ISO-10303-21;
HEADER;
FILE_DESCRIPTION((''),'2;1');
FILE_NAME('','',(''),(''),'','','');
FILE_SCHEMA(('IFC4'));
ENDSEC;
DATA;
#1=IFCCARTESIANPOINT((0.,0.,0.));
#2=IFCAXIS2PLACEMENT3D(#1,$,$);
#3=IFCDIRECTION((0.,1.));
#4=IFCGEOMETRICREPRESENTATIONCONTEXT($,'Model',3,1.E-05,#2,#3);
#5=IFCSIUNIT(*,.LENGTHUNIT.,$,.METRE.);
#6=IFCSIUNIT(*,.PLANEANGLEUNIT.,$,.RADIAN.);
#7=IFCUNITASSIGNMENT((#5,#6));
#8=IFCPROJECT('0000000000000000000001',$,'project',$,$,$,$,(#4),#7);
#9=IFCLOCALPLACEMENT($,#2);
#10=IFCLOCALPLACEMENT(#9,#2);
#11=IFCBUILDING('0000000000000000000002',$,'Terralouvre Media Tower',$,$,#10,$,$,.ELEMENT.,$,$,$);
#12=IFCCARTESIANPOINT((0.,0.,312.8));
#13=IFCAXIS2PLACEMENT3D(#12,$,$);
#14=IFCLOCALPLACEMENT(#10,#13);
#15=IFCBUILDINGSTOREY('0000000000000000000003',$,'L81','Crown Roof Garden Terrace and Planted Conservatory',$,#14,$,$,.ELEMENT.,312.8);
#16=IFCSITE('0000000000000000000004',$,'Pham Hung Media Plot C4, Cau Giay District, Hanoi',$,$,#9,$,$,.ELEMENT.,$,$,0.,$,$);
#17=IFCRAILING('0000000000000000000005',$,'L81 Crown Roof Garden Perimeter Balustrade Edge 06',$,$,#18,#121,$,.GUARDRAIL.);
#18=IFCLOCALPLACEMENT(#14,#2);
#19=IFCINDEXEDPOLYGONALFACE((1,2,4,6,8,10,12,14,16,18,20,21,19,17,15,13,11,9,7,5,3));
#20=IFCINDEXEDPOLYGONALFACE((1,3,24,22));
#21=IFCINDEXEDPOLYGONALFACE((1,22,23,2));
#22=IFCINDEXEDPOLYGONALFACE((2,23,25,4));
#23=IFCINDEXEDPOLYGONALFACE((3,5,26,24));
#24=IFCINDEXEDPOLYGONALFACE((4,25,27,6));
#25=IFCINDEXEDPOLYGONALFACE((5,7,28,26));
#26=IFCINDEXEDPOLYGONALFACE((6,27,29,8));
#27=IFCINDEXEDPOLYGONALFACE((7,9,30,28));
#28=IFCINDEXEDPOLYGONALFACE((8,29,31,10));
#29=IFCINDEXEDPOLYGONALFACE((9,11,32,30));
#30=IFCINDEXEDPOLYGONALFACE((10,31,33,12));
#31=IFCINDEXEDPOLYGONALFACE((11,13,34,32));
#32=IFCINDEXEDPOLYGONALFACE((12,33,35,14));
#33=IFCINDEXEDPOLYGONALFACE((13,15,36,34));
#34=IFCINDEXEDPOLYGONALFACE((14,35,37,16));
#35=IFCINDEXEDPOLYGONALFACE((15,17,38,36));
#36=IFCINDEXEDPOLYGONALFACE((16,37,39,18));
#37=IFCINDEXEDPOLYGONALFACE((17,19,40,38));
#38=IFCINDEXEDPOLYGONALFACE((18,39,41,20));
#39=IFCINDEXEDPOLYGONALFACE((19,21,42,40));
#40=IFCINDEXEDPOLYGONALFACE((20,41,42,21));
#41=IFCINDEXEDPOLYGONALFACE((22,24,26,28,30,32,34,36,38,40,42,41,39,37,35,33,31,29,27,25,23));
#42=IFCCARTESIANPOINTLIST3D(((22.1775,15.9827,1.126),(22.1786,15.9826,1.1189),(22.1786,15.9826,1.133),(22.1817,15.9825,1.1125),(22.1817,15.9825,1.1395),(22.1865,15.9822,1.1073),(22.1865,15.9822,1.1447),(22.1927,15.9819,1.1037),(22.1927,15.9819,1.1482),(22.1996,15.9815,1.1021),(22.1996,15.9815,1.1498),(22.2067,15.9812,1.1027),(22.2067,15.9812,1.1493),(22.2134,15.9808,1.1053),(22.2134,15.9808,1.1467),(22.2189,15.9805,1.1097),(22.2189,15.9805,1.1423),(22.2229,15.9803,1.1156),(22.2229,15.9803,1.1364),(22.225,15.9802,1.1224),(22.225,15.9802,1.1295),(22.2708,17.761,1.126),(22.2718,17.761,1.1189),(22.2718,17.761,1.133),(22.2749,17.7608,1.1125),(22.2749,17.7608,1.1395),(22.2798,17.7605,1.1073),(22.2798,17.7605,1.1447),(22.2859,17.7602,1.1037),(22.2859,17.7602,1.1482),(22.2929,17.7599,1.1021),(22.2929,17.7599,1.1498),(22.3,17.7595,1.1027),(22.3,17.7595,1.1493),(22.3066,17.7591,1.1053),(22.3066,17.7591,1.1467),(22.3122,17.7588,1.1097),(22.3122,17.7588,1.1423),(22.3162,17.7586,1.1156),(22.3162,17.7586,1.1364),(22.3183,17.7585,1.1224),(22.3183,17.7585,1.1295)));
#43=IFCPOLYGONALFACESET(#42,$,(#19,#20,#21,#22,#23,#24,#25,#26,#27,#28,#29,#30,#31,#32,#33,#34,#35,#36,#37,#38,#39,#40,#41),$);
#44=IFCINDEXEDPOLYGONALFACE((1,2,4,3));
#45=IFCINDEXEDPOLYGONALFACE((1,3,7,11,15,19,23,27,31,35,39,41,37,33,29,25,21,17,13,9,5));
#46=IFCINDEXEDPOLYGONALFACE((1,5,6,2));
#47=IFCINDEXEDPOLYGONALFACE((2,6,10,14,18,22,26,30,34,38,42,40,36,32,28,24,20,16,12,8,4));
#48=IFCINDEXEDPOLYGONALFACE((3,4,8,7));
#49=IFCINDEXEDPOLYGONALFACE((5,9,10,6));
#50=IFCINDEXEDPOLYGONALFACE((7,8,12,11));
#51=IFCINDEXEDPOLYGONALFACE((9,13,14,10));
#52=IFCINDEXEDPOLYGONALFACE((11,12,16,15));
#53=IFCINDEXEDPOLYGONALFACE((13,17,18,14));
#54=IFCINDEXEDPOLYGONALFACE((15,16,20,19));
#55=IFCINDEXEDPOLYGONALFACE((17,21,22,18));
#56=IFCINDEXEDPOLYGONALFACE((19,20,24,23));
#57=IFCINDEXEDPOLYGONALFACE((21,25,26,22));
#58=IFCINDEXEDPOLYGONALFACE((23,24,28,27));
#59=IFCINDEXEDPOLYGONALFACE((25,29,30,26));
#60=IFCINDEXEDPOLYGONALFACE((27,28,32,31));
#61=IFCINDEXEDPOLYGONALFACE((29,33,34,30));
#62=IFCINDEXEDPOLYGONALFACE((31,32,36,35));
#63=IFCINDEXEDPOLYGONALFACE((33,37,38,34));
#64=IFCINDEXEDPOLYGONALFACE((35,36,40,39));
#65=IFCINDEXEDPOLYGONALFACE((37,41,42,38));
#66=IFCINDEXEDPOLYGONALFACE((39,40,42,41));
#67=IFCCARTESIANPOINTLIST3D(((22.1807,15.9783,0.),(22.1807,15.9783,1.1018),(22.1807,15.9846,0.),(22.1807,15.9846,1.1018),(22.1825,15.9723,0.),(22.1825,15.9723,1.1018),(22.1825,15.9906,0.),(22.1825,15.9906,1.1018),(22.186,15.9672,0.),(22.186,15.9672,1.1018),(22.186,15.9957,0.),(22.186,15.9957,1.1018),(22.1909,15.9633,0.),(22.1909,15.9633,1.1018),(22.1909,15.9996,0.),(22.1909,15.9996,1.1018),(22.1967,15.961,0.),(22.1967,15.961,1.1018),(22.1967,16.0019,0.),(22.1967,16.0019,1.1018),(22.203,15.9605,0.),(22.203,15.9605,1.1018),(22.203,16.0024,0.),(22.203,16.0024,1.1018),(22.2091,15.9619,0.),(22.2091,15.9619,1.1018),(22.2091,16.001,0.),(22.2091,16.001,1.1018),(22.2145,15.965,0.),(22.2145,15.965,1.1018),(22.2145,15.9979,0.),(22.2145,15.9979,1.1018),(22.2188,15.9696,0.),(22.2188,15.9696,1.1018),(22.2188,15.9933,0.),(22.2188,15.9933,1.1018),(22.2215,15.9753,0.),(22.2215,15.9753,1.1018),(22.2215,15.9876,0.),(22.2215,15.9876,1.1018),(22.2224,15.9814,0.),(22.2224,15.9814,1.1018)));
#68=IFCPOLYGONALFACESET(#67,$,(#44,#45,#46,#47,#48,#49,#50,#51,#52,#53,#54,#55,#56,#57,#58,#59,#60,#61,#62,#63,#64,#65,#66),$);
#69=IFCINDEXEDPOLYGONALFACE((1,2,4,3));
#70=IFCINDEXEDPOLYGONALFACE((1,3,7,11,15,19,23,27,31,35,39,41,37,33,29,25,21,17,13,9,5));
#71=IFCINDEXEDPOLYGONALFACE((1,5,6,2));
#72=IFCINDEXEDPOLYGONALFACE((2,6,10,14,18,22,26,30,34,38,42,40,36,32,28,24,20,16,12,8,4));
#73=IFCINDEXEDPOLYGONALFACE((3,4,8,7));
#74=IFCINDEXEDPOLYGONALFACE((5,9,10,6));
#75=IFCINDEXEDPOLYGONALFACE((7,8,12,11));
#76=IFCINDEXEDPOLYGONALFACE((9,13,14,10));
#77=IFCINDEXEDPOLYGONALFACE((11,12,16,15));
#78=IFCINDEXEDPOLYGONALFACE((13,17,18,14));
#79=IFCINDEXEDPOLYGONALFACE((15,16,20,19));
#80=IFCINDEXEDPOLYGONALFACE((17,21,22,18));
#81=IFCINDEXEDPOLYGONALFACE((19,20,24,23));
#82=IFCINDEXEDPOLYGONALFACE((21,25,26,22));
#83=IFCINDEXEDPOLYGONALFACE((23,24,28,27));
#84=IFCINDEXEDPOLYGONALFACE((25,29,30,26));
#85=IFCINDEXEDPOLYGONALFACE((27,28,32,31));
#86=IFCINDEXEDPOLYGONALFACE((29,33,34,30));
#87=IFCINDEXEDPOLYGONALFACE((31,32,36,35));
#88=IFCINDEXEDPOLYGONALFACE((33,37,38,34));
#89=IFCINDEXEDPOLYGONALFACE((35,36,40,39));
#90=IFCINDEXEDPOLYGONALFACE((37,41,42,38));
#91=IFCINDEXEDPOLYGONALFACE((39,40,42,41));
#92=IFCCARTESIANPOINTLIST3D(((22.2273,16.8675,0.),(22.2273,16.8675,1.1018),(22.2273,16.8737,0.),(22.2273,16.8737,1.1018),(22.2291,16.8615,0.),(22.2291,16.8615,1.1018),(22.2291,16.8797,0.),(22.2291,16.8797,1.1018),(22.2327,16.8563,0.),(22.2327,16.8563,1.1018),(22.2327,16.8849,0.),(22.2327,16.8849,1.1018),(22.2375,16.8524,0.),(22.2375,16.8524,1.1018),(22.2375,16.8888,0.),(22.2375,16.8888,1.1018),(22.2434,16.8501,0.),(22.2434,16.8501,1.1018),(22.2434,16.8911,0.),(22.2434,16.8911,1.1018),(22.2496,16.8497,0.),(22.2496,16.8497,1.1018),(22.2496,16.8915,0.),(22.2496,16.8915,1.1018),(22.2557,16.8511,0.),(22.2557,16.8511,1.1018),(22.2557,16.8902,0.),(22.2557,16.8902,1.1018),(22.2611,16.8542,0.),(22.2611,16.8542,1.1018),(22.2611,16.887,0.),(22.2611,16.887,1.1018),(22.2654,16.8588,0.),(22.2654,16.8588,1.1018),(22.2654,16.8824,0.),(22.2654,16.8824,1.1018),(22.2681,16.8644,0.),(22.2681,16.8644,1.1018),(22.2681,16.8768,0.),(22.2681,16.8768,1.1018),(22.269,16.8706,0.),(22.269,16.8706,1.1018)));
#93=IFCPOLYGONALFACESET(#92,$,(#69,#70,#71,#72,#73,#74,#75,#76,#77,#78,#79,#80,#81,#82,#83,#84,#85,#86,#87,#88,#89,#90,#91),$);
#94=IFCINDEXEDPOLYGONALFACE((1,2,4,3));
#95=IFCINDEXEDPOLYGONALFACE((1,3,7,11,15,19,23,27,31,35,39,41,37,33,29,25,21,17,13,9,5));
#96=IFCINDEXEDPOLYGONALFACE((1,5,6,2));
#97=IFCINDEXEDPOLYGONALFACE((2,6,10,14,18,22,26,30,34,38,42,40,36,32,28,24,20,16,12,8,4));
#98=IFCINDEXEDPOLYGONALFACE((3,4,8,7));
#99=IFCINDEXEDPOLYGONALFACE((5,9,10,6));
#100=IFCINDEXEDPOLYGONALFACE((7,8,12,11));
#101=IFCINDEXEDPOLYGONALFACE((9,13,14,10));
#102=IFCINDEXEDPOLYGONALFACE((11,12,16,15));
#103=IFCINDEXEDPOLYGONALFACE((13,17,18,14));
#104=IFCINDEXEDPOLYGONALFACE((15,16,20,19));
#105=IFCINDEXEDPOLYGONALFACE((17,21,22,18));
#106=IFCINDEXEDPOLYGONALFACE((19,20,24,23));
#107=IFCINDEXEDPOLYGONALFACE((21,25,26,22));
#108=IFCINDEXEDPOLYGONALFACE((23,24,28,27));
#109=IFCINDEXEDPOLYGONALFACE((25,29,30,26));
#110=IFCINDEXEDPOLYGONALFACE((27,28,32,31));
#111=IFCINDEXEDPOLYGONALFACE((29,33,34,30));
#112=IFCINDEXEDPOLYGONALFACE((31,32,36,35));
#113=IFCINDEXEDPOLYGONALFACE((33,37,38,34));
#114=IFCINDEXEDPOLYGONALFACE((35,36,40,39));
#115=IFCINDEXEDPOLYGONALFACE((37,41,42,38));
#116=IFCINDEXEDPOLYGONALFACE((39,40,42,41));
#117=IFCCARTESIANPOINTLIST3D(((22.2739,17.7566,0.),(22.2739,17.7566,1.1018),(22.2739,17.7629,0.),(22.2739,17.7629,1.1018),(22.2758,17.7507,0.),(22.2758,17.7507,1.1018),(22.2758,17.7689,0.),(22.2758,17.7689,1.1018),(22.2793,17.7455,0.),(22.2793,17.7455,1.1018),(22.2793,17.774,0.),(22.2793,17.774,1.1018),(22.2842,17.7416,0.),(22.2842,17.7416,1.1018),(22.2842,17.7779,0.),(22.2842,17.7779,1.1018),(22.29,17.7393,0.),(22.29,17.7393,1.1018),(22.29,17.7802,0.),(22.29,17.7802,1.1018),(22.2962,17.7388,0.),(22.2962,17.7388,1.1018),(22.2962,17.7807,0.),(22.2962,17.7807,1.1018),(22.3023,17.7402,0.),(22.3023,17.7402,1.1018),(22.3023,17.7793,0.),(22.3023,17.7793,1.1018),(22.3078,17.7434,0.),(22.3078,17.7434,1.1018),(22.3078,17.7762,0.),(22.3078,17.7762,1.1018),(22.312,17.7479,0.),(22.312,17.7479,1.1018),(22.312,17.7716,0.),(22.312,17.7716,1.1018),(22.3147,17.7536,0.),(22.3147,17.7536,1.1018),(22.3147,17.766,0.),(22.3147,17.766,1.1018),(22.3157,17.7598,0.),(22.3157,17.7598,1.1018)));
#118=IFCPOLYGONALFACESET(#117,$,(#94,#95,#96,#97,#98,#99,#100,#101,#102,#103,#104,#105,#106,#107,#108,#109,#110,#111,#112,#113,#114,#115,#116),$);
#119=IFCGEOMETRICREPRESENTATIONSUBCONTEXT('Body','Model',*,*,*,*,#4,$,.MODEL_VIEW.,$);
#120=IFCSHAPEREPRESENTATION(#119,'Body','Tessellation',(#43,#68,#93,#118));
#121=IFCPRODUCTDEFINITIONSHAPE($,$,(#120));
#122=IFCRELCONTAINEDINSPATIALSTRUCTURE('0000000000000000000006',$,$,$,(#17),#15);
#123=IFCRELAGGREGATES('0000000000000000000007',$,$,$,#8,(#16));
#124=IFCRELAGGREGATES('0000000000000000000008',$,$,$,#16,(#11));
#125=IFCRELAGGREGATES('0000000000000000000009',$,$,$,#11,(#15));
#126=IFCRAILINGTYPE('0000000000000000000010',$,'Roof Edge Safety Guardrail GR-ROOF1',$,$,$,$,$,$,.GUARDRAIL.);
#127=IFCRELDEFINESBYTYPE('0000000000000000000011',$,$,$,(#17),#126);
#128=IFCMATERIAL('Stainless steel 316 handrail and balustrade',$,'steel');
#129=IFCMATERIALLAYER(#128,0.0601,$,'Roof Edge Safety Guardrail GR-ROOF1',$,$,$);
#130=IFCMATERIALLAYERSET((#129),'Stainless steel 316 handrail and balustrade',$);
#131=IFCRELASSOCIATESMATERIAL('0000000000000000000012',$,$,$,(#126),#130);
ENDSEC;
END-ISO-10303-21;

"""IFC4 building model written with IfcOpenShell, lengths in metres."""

from ifc_helpers import new_model, si_unit, direction, frame, origin, origin_2d, place, context, subcontext, project, spatial, circle, extrude, material, layer, layer_set, type_object, element, save


model = new_model("IFC4")

# Units and contexts
model_context = context("Model", 3, precision=1e-05, world=origin(), true_north=direction((0.0, 1.0)))
body_context = subcontext(model_context, "Body", "Model", "MODEL_VIEW")
ifc_project = project(units=[si_unit("LENGTHUNIT", "METRE"), si_unit("PLANEANGLEUNIT", "RADIAN")], contexts=[model_context])

# Site, building, storey
site_placement = place(None, origin())
site = spatial("IfcSite", under=ifc_project, at=site_placement, Name="Pham Hung Media Plot C4, Cau Giay District, Hanoi", CompositionType="ELEMENT", RefElevation=0.0)
building_placement = place(site_placement, origin())
building = spatial("IfcBuilding", under=site, at=building_placement, Name="Terralouvre Media Tower", CompositionType="ELEMENT")
storey_placement = place(building_placement, frame((0.0, 0.0, 312.8)))
storey = spatial("IfcBuildingStorey", under=building, at=storey_placement, Name="L81", Description="Crown Roof Garden Terrace and Planted Conservatory", CompositionType="ELEMENT", Elevation=312.8)

# Railing
ifc_material_1 = material(Name="Stainless steel 316 handrail and balustrade", Category="steel")
ifc_layer_1 = layer(ifc_material_1, 0.0601, Name="Roof Edge Safety Guardrail GR-ROOF1")
ifc_layer_set_1 = layer_set([ifc_layer_1], Name="Stainless steel 316 handrail and balustrade")
railing_type = type_object("IfcRailingType", Name="Roof Edge Safety Guardrail GR-ROOF1", PredefinedType="GUARDRAIL", material=ifc_layer_set_1)
railing_1_placement = place(storey_placement, frame((22.2014, 15.9814, 0.0)))
element("IfcRailing", 1, at=railing_1_placement, inside=storey, type_object=railing_type, Name="L81 Crown Roof Garden Perimeter Balustrade Edge 06", PredefinedType="GUARDRAIL", context=body_context, shape_type="SweptSolid", body=[
    extrude(circle(Radius=0.0239, at=origin_2d()), frame((0.0, 0.0, 1.126), z_axis=(0.052372, 0.998628, 0.0), x_axis=(-0.998628, 0.052372, 0.0)), (0.0, 0.0, 1.0), 1.7808),
    extrude(circle(Radius=0.021, at=origin_2d()), origin(), (0.0, 0.0, 1.0), 1.1018),
    extrude(circle(Radius=0.021, at=origin_2d()), frame((0.0466, 0.8892, 0.0)), (0.0, 0.0, 1.0), 1.1018),
    extrude(circle(Radius=0.021, at=origin_2d()), frame((0.0933, 1.7783, 0.0)), (0.0, 0.0, 1.0), 1.1018),
])

save(model, "model.ifc")
